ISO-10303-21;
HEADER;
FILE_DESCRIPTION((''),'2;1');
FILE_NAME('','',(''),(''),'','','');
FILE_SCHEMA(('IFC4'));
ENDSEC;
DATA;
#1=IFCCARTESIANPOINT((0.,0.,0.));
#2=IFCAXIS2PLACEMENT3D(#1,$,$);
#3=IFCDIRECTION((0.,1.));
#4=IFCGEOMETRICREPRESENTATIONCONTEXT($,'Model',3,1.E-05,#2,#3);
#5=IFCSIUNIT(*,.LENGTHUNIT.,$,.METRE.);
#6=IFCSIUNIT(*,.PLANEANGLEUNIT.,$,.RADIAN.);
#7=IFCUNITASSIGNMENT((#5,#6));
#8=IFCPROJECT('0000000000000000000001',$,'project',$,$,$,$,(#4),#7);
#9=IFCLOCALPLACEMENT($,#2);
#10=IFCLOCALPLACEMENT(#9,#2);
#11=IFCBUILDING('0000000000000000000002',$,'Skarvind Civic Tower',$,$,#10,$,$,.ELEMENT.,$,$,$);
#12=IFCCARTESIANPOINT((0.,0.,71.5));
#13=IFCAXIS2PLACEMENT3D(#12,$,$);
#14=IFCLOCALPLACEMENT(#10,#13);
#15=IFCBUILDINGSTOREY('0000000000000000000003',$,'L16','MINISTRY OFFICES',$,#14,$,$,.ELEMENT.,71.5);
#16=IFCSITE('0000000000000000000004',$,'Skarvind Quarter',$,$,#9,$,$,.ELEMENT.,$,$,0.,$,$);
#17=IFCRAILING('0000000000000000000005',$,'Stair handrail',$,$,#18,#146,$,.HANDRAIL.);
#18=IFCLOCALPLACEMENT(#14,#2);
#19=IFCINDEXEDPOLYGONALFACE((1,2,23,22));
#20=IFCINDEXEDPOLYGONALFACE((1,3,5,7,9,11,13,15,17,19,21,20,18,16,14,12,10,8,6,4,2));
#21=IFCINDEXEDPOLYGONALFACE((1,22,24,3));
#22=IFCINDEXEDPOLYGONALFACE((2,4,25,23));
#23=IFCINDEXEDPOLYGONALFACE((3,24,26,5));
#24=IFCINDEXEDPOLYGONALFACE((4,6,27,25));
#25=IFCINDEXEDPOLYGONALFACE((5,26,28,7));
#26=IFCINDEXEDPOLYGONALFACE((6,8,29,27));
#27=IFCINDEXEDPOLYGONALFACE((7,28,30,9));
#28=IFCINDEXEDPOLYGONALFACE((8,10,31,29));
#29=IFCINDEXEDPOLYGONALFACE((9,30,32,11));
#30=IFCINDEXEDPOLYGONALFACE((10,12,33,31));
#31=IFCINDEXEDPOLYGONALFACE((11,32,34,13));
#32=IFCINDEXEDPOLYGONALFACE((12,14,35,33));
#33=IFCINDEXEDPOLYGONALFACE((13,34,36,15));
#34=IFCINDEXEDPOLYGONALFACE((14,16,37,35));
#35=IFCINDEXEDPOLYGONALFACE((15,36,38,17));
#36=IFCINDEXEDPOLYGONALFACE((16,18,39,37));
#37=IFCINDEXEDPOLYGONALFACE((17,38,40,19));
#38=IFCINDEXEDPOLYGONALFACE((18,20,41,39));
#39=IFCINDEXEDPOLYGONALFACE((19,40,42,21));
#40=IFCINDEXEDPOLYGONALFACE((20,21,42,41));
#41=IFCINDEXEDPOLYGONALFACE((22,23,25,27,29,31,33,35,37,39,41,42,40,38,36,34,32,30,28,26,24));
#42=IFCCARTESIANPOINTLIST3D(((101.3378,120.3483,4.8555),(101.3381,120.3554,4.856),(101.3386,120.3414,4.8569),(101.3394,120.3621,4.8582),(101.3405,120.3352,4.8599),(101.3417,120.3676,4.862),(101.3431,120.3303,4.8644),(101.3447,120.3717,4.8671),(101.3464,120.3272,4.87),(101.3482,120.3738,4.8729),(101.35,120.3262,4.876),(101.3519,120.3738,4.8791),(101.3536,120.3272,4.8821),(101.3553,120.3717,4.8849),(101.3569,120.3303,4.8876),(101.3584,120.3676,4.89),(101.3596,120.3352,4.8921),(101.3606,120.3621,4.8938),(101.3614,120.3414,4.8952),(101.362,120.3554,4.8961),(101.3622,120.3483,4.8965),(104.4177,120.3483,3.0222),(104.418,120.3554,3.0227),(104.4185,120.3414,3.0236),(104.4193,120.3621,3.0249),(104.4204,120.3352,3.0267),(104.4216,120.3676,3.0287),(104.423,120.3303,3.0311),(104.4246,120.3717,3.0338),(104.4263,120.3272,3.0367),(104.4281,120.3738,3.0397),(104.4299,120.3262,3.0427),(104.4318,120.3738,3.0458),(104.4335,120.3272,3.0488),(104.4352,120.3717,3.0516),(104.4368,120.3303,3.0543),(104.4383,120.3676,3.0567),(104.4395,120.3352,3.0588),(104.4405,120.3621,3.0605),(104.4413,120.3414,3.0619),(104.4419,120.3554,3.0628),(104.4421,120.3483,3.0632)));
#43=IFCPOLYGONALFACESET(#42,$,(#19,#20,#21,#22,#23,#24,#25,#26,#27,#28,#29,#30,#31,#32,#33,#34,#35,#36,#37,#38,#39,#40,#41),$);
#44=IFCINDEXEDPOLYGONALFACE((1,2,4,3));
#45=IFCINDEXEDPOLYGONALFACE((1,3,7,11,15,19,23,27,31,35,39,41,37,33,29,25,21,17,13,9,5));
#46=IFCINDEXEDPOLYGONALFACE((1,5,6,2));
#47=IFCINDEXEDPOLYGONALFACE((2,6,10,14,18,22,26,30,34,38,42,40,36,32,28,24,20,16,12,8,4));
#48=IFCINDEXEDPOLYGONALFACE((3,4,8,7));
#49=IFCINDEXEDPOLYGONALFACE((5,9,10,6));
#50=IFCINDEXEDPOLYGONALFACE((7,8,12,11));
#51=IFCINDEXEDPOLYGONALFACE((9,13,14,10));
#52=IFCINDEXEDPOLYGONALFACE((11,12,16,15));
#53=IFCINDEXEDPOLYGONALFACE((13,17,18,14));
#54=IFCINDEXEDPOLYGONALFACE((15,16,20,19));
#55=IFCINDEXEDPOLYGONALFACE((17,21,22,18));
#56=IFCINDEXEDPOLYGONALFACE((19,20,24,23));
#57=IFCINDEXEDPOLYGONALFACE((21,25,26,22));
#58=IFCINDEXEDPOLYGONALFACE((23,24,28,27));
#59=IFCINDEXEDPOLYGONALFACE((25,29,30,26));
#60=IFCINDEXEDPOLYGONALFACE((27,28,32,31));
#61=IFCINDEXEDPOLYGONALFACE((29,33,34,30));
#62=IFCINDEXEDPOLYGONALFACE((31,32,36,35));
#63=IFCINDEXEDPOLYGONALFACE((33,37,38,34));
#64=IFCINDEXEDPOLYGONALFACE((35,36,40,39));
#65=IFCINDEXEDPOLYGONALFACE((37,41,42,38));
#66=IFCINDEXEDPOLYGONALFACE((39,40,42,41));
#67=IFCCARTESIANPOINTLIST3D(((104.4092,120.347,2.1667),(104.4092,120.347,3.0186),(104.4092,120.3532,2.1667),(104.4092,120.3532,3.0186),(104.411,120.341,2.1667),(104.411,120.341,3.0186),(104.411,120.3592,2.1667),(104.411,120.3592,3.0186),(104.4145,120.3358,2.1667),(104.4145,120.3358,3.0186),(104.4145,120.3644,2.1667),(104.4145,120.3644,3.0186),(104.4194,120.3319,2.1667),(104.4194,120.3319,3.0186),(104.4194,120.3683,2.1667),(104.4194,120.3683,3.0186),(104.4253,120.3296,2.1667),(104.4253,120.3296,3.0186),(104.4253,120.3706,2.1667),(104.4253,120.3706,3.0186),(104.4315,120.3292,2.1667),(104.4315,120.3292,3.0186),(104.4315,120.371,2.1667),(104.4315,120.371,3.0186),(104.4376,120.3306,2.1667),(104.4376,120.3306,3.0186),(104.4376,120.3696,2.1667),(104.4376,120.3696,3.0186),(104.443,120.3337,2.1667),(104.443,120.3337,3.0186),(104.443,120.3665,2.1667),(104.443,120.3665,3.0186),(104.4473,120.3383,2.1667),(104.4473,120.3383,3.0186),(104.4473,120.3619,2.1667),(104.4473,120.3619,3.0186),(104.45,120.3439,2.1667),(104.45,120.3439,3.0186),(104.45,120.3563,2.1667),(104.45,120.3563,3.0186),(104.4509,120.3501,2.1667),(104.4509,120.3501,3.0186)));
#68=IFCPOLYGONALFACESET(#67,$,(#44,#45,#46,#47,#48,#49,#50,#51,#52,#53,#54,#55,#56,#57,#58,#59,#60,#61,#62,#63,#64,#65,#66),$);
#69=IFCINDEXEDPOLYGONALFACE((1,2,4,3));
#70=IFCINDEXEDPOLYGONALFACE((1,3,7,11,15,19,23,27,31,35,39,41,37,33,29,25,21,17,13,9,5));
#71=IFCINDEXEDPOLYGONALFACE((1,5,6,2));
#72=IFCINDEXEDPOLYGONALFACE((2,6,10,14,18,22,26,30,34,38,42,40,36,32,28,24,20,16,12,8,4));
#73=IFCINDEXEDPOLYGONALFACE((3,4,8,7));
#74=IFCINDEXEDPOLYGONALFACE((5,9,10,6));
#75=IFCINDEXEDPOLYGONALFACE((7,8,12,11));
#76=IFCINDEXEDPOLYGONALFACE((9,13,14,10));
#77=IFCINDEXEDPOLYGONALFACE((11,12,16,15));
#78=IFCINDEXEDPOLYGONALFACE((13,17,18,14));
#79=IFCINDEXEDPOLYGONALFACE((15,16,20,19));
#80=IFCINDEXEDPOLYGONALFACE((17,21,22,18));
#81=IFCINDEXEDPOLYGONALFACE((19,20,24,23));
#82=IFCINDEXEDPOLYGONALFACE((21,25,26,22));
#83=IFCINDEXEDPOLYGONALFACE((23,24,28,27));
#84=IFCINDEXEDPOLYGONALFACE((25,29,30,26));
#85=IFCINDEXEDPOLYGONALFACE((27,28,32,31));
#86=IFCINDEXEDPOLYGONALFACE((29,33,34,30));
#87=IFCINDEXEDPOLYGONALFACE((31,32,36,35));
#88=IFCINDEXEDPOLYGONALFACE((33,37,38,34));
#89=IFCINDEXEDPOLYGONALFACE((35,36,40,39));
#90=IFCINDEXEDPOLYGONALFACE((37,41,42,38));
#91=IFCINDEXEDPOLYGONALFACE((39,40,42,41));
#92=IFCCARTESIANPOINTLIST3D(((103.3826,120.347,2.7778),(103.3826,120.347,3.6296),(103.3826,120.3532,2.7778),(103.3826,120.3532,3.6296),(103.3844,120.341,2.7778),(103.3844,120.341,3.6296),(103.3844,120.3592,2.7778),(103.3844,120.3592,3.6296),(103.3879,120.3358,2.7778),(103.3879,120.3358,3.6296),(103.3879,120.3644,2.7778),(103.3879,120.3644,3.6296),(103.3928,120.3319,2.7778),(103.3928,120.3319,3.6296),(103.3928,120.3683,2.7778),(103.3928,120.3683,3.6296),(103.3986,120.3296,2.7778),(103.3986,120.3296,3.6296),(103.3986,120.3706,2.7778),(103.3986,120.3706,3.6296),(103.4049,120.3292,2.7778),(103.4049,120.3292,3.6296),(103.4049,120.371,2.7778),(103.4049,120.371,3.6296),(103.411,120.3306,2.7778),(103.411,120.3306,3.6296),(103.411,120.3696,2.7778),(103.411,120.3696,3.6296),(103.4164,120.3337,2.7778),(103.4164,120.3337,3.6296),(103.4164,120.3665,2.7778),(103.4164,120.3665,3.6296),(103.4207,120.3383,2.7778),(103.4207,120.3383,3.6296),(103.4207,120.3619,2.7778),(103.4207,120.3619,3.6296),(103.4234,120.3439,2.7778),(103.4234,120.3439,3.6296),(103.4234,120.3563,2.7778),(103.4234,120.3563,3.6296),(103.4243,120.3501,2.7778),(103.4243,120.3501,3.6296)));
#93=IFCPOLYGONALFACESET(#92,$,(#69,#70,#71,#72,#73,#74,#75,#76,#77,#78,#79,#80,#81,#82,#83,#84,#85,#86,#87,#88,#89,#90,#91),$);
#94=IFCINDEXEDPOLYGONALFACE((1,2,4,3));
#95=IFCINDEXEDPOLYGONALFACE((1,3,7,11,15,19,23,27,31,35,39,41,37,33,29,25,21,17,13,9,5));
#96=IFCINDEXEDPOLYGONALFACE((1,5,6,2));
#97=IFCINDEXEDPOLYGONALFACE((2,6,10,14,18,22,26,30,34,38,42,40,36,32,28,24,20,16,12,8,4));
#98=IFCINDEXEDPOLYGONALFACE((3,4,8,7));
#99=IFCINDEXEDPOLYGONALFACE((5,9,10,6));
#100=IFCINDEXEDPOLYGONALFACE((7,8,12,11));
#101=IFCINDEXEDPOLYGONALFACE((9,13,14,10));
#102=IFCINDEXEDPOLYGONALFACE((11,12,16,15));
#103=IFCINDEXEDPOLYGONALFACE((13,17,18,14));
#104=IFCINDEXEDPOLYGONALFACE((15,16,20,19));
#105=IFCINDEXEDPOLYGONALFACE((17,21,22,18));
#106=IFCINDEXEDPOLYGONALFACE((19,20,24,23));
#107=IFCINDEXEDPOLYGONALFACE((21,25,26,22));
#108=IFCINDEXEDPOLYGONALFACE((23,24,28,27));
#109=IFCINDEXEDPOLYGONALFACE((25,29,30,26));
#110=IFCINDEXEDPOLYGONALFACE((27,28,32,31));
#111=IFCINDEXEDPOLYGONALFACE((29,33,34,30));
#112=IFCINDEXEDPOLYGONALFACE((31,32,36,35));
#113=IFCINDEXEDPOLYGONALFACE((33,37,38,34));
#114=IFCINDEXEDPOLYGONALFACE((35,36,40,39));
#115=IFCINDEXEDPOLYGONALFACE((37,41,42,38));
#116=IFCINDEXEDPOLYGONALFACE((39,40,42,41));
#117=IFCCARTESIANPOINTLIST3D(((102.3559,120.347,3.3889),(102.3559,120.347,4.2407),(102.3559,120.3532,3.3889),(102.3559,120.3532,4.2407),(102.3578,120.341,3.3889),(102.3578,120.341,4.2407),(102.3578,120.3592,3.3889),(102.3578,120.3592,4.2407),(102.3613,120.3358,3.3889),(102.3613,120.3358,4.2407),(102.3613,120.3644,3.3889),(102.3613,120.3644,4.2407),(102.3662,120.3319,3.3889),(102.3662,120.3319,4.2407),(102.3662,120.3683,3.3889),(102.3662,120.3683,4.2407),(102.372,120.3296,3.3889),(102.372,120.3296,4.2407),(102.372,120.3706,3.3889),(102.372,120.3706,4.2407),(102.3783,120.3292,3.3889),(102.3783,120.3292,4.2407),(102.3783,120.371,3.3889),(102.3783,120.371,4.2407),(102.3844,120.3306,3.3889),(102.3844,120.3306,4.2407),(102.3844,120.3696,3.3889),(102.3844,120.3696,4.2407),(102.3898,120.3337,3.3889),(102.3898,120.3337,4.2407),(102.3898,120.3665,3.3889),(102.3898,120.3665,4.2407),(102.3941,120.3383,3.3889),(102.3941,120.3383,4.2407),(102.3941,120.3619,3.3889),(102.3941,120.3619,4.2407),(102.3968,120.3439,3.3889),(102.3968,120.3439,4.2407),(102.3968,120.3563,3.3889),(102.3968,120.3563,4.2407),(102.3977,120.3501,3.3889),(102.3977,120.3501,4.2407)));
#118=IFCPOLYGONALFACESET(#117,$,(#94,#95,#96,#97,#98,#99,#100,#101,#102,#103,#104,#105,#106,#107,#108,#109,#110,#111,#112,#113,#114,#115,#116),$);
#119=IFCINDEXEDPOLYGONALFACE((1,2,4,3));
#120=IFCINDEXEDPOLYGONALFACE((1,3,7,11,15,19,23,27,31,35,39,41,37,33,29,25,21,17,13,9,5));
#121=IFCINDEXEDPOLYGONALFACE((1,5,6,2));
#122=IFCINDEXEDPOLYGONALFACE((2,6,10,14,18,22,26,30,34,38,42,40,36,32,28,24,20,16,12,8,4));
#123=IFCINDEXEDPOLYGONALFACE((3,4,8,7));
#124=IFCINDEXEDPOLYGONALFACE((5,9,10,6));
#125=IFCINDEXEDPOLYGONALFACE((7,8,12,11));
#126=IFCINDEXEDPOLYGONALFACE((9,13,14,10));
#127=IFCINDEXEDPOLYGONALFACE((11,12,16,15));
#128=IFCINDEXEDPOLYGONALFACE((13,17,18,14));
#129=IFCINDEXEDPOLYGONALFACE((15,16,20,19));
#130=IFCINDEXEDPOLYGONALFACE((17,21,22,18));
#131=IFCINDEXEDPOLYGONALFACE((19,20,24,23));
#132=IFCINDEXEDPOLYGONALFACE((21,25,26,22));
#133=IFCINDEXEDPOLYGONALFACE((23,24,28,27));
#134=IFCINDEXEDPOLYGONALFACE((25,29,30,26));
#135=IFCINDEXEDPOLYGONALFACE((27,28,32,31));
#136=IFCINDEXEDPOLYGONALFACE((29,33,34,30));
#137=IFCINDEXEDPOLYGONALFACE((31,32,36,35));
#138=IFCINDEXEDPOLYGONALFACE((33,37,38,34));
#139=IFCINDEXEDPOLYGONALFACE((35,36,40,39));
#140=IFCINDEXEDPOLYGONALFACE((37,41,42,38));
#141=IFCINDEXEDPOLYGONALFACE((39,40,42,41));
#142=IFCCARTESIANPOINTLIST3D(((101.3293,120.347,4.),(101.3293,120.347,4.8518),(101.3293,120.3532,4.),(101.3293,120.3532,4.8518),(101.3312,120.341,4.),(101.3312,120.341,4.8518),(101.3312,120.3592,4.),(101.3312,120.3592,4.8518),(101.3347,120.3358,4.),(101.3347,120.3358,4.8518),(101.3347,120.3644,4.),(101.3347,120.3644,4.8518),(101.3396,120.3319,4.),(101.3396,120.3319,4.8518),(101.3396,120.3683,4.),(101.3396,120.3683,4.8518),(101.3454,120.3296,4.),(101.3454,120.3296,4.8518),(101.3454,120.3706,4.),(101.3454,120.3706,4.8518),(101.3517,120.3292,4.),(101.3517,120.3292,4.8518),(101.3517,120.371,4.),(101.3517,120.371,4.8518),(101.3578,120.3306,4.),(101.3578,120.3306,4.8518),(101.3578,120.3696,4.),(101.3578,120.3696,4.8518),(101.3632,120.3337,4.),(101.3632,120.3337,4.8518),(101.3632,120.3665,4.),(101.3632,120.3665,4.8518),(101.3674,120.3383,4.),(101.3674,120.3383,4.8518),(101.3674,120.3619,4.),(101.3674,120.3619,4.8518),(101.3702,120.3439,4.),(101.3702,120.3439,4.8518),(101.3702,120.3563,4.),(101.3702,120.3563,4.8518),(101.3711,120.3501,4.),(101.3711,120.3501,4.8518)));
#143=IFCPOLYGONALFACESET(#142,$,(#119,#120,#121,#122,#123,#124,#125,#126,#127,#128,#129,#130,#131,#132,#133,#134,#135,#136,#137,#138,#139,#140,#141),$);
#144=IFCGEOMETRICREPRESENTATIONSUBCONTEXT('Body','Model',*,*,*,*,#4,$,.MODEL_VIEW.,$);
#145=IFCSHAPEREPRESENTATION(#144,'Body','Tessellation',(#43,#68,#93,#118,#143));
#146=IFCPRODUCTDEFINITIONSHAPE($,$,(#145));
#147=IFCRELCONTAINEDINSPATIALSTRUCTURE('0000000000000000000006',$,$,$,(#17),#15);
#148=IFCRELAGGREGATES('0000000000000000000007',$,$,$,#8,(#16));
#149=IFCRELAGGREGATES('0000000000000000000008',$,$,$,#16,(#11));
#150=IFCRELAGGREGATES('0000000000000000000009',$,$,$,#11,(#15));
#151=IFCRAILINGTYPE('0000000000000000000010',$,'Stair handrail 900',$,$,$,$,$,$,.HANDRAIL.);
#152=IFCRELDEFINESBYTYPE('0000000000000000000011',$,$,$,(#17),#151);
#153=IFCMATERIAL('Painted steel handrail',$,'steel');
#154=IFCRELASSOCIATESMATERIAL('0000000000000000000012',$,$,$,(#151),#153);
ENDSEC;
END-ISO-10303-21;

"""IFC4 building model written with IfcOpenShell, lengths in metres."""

from ifc_helpers import new_model, si_unit, direction, frame, origin, origin_2d, place, context, subcontext, project, spatial, circle, extrude, material, type_object, element, save


model = new_model("IFC4")

# Units and contexts
model_context = context("Model", 3, precision=1e-05, world=origin(), true_north=direction((0.0, 1.0)))
body_context = subcontext(model_context, "Body", "Model", "MODEL_VIEW")
ifc_project = project(units=[si_unit("LENGTHUNIT", "METRE"), si_unit("PLANEANGLEUNIT", "RADIAN")], contexts=[model_context])

# Site, building, storey
site_placement = place(None, origin())
site = spatial("IfcSite", under=ifc_project, at=site_placement, Name="Skarvind Quarter", CompositionType="ELEMENT", RefElevation=0.0)
building_placement = place(site_placement, origin())
building = spatial("IfcBuilding", under=site, at=building_placement, Name="Skarvind Civic Tower", CompositionType="ELEMENT")
storey_placement = place(building_placement, frame((0.0, 0.0, 71.5)))
storey = spatial("IfcBuildingStorey", under=building, at=storey_placement, Name="L16", Description="MINISTRY OFFICES", CompositionType="ELEMENT", Elevation=71.5)

# Railing
ifc_material_1 = material(Name="Painted steel handrail", Category="steel")
railing_type = type_object("IfcRailingType", Name="Stair handrail 900", PredefinedType="HANDRAIL", material=ifc_material_1)
railing_1_placement = place(storey_placement, frame((104.4299, 120.3501, 2.1667)))
element("IfcRailing", 1, at=railing_1_placement, inside=storey, type_object=railing_type, Name="Stair handrail", PredefinedType="HANDRAIL", context=body_context, shape_type="SweptSolid", body=[
    extrude(circle(Radius=0.0239, at=origin_2d()), frame((0.0, 0.0, 0.876), z_axis=(-0.859291, 0.0, 0.511487), x_axis=(0.0, -1.0, 0.0)), (0.0, 0.0, 1.0), 3.5842),
    extrude(circle(Radius=0.021, at=origin_2d()), origin(), (0.0, 0.0, 1.0), 0.8518),
    extrude(circle(Radius=0.021, at=origin_2d()), frame((-1.0266, 0.0, 0.6111)), (0.0, 0.0, 1.0), 0.8518),
    extrude(circle(Radius=0.021, at=origin_2d()), frame((-2.0532, 0.0, 1.2222)), (0.0, 0.0, 1.0), 0.8518),
    extrude(circle(Radius=0.021, at=origin_2d()), frame((-3.0798, 0.0, 1.8333)), (0.0, 0.0, 1.0), 0.8518),
])

save(model, "model.ifc")
